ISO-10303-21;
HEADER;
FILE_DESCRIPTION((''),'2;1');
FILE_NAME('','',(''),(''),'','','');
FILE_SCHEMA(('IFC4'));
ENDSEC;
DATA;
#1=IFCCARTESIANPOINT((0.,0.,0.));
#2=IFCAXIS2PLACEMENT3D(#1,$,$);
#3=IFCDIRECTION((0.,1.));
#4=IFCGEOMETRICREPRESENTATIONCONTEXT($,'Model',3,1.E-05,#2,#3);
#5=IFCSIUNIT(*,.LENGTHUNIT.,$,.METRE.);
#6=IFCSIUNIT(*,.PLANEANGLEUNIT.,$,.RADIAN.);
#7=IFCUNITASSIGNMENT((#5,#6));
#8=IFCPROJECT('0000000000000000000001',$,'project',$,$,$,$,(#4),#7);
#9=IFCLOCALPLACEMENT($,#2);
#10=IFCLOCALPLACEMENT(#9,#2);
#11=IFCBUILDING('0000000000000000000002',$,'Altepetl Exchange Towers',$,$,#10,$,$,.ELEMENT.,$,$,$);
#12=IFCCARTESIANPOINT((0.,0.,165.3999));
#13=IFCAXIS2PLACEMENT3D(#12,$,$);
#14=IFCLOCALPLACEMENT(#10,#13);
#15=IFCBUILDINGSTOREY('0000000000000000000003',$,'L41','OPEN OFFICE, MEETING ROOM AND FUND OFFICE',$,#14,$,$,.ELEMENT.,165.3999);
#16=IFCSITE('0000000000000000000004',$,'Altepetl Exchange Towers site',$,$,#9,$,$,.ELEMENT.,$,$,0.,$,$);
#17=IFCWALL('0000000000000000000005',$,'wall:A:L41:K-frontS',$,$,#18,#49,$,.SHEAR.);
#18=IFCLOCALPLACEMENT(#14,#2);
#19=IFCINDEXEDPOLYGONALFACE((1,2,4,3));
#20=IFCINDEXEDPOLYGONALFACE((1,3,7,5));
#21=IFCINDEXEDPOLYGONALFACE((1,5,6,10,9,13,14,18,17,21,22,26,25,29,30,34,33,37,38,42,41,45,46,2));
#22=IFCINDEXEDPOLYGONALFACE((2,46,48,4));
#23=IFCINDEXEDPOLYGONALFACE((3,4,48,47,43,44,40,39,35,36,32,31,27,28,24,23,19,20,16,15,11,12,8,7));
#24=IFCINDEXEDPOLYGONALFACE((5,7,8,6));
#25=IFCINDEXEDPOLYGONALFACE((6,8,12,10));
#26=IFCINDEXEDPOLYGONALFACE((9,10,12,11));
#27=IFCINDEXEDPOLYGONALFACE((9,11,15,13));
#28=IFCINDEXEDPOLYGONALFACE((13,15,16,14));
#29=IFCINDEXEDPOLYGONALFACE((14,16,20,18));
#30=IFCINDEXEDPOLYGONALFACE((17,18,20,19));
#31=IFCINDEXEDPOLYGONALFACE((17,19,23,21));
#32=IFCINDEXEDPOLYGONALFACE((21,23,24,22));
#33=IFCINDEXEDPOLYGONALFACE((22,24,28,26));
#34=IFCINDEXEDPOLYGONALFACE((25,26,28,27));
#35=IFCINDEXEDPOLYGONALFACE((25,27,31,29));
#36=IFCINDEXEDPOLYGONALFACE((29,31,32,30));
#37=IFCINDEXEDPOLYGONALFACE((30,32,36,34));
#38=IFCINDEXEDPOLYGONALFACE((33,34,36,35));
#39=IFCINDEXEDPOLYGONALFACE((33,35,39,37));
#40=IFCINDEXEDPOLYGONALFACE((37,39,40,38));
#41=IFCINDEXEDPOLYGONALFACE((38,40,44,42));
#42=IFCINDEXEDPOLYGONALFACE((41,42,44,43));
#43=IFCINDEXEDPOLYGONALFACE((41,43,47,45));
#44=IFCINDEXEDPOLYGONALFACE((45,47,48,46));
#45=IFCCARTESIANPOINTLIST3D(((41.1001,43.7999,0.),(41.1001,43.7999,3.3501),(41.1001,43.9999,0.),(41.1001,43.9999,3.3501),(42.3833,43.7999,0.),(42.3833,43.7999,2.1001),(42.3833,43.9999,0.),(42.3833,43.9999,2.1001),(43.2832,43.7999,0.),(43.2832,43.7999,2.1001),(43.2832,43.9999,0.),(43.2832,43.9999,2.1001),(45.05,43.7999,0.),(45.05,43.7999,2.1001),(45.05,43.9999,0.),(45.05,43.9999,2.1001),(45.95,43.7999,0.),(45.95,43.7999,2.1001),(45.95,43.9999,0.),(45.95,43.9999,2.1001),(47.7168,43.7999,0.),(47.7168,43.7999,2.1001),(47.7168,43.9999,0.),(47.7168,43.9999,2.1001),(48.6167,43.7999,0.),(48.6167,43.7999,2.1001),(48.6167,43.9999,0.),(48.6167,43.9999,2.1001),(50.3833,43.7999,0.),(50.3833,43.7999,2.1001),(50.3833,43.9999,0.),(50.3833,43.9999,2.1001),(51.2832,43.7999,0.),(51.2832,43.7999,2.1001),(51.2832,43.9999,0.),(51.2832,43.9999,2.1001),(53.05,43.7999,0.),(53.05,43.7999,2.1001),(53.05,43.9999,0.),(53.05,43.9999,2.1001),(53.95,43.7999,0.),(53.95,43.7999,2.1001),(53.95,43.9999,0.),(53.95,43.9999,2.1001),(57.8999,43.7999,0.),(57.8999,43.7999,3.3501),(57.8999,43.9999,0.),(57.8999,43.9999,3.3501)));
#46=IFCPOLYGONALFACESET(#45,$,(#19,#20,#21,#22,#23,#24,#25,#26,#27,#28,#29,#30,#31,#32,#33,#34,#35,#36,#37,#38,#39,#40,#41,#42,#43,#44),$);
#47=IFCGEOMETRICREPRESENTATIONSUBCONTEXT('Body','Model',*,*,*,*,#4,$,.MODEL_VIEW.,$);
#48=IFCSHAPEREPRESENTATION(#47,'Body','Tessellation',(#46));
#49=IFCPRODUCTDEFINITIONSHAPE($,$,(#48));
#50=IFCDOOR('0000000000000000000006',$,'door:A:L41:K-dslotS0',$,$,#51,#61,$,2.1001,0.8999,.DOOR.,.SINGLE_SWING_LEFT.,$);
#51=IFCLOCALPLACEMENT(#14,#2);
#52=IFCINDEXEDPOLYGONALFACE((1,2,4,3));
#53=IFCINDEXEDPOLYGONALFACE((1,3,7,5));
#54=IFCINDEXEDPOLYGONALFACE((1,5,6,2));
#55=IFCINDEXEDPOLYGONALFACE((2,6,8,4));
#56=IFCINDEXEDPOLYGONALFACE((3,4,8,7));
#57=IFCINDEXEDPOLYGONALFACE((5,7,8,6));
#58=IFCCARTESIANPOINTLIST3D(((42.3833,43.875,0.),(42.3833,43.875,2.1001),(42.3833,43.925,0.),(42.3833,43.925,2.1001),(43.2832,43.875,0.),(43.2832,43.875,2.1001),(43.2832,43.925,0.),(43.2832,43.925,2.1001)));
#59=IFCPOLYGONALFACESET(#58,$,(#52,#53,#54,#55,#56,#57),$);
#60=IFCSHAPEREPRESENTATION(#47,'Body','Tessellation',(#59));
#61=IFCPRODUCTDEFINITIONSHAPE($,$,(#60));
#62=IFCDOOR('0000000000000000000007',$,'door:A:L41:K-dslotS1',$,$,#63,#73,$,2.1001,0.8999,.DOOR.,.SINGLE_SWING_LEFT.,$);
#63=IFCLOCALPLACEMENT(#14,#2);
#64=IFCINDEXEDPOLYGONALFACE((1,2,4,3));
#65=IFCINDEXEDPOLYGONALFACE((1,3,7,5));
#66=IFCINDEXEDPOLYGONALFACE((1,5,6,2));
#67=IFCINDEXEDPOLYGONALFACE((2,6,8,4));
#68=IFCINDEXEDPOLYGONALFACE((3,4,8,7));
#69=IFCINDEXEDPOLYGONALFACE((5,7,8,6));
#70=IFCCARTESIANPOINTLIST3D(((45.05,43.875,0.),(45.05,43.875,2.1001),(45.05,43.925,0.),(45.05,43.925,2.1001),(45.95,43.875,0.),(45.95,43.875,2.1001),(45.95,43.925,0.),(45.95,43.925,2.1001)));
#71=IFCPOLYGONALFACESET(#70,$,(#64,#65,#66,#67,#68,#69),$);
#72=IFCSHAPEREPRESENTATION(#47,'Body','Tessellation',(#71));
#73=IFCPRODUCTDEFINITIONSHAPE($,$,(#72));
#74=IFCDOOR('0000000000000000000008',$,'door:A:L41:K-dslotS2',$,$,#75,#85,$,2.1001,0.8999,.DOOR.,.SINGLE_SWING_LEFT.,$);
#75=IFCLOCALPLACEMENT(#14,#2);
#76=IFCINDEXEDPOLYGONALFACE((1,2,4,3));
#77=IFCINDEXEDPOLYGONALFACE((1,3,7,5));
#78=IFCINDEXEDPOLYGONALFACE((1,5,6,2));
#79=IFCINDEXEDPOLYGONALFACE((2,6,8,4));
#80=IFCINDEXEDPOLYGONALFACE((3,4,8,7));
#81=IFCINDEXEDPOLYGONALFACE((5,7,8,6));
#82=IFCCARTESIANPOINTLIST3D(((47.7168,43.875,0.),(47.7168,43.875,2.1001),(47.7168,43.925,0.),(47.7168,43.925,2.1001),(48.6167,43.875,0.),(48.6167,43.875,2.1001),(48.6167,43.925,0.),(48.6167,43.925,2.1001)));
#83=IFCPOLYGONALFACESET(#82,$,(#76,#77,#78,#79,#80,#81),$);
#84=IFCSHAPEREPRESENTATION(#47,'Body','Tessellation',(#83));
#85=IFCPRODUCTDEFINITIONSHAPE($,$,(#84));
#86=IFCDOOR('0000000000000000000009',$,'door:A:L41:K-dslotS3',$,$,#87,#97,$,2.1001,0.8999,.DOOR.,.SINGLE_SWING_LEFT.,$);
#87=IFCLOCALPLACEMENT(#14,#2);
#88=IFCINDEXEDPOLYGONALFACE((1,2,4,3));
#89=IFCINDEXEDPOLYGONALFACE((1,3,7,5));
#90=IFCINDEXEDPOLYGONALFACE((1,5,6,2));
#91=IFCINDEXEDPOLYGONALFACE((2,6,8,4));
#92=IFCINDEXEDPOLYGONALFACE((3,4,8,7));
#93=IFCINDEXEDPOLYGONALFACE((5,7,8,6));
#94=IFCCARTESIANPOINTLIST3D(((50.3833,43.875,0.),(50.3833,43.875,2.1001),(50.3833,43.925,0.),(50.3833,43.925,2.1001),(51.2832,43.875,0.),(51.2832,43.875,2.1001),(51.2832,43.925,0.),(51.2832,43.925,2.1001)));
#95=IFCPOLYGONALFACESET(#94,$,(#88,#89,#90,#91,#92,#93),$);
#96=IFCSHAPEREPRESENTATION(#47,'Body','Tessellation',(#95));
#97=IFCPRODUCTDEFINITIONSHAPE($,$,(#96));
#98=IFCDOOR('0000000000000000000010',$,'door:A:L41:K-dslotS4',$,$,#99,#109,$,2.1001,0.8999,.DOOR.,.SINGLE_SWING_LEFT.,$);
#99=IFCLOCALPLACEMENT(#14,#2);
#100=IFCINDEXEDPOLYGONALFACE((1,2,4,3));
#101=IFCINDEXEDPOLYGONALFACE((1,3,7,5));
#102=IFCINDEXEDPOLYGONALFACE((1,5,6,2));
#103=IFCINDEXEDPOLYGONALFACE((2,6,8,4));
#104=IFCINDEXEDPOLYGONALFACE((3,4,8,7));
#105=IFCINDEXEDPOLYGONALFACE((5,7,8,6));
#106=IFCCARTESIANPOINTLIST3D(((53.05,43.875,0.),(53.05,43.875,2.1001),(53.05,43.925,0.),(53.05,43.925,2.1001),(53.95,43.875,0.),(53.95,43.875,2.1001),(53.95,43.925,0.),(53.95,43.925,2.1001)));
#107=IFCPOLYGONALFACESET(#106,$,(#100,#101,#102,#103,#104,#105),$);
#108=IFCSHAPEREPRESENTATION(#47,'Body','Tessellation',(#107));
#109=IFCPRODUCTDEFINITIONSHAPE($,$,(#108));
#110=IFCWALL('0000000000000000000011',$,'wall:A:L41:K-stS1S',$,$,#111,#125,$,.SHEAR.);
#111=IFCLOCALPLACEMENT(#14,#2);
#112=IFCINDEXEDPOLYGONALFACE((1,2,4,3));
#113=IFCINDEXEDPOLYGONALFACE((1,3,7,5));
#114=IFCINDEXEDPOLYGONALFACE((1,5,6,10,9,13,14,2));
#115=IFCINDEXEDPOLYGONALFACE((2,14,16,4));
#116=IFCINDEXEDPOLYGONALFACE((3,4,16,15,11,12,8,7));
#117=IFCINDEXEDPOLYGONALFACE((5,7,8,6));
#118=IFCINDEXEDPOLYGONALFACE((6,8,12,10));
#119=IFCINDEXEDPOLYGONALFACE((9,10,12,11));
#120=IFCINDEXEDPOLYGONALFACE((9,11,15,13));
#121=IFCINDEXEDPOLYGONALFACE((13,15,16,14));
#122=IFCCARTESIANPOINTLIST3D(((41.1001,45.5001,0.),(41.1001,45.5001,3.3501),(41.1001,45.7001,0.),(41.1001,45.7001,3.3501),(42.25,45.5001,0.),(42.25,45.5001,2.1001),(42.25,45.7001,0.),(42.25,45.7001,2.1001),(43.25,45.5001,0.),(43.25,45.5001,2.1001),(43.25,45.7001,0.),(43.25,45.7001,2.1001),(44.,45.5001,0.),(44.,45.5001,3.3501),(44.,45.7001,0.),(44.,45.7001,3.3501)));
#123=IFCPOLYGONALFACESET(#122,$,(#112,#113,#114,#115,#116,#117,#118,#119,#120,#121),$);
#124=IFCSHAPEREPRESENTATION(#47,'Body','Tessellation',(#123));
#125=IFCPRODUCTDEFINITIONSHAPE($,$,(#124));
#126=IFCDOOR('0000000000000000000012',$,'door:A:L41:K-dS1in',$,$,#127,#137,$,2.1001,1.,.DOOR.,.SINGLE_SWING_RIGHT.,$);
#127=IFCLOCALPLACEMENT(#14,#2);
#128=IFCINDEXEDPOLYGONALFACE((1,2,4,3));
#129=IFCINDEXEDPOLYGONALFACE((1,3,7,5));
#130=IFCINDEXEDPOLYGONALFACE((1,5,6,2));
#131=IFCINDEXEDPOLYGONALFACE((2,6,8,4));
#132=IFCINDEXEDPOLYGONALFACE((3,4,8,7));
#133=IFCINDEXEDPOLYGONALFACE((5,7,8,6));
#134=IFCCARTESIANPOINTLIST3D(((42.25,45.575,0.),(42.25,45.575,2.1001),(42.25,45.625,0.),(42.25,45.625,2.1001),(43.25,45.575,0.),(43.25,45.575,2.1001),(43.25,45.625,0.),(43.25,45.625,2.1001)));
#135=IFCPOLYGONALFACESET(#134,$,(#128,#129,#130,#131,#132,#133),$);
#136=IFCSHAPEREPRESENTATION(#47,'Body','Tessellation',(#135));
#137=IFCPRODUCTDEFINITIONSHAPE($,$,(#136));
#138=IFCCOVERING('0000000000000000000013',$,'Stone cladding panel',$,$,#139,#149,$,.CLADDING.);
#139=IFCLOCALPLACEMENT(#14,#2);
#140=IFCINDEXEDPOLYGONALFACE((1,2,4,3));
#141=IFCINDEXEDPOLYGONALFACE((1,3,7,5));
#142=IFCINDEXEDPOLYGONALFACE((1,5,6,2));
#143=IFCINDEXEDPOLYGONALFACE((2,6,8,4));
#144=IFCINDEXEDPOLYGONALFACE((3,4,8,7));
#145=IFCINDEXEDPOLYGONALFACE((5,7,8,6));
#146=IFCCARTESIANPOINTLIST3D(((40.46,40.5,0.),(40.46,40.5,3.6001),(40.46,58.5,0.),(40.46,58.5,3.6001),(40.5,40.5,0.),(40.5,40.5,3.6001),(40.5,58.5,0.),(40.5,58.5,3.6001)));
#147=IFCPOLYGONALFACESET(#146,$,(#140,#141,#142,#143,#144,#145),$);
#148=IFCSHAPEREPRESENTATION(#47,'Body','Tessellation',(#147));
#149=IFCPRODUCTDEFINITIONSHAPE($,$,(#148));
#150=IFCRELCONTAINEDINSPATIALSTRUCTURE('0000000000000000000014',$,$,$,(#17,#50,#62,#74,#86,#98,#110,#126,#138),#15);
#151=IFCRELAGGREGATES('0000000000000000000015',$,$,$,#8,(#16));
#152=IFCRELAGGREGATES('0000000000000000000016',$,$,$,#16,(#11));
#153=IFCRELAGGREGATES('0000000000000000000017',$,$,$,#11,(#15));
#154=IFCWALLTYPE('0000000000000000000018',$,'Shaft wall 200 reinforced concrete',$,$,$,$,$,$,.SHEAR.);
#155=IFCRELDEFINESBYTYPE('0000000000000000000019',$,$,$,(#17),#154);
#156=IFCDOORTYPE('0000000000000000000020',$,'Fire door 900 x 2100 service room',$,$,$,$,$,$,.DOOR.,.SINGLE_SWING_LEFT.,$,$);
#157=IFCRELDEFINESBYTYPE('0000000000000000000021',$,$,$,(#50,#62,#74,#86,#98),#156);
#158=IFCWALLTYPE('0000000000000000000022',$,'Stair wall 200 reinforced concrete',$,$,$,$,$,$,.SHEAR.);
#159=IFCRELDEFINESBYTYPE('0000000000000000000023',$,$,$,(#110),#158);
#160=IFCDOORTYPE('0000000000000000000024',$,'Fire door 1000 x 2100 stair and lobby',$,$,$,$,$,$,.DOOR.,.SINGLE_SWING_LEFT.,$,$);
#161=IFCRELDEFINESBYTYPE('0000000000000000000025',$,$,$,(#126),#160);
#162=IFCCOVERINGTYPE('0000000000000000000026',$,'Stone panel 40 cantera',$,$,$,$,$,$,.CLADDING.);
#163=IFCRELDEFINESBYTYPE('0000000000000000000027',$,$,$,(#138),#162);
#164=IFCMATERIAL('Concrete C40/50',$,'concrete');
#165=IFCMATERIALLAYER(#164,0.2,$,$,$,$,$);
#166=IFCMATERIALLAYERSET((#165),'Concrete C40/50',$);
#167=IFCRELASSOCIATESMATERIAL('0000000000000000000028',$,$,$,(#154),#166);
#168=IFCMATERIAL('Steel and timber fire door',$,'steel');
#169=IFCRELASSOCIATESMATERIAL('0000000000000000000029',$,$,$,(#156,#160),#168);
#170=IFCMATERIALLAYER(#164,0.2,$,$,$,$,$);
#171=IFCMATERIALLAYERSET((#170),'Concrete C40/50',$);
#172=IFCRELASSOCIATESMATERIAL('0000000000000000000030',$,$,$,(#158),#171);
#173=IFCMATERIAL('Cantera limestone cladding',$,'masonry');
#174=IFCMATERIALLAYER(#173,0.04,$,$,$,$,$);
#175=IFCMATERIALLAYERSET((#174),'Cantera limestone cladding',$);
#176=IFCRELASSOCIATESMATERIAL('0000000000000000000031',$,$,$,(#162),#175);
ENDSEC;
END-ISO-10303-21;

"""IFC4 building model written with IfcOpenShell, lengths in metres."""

from ifc_helpers import new_model, si_unit, direction, frame, frame_2d, origin, origin_2d, place, context, subcontext, project, spatial, rectangle, extrude, material, layer, layer_set, type_object, element, fill, save


model = new_model("IFC4")

# Units and contexts
model_context = context("Model", 3, precision=1e-05, world=origin(), true_north=direction((0.0, 1.0)))
body_context = subcontext(model_context, "Body", "Model", "MODEL_VIEW")
ifc_project = project(units=[si_unit("LENGTHUNIT", "METRE"), si_unit("PLANEANGLEUNIT", "RADIAN")], contexts=[model_context])

# Site, building, storey
site_placement = place(None, origin())
site = spatial("IfcSite", under=ifc_project, at=site_placement, Name="Altepetl Exchange Towers site", CompositionType="ELEMENT", RefElevation=0.0)
building_placement = place(site_placement, origin())
building = spatial("IfcBuilding", under=site, at=building_placement, Name="Altepetl Exchange Towers", CompositionType="ELEMENT")
storey_placement = place(building_placement, frame((0.0, 0.0, 165.3999)))
storey = spatial("IfcBuildingStorey", under=building, at=storey_placement, Name="L41", Description="OPEN OFFICE, MEETING ROOM AND FUND OFFICE", CompositionType="ELEMENT", Elevation=165.3999)

# Wall, openings, doors
ifc_material_1 = material(Name="Concrete C40/50", Category="concrete")
ifc_layer_1 = layer(ifc_material_1, 0.2)
ifc_layer_set_1 = layer_set([ifc_layer_1], Name="Concrete C40/50")
wall_type_1 = type_object("IfcWallType", Name="Shaft wall 200 reinforced concrete", PredefinedType="SHEAR", material=ifc_layer_set_1)
wall_1_placement = place(storey_placement, frame((41.1001, 43.8999, 0.0)))
wall_1 = element("IfcWall", 1, at=wall_1_placement, inside=storey, type_object=wall_type_1, Name="wall:A:L41:K-frontS", PredefinedType="SHEAR", context=body_context, shape_type="SweptSolid", body=[
    extrude(rectangle(XDim=16.7998, YDim=0.2, at=frame_2d((8.3999, 0.0))), origin(), (0.0, 0.0, 1.0), 3.3501),
])
opening_1_placement = place(wall_1_placement, frame((1.2832, 0.0, 0.0)))
opening_1 = element("IfcOpeningElement", 2, at=opening_1_placement, cuts=wall_1, PredefinedType="OPENING", context=body_context, shape_type="SweptSolid", body=[
    extrude(rectangle(XDim=0.8999, YDim=2.1001, at=frame_2d((0.45, 1.05))), frame((0.0, 0.1099, 0.0), z_axis=(0.0, -1.0, 0.0), x_axis=(1.0, 0.0, 0.0)), (0.0, 0.0, 1.0), 0.22),
])
opening_2_placement = place(wall_1_placement, frame((3.95, 0.0, 0.0)))
opening_2 = element("IfcOpeningElement", 3, at=opening_2_placement, cuts=wall_1, PredefinedType="OPENING", context=body_context, shape_type="SweptSolid", body=[
    extrude(rectangle(XDim=0.8999, YDim=2.1001, at=frame_2d((0.45, 1.05))), frame((0.0, 0.1099, 0.0), z_axis=(0.0, -1.0, 0.0), x_axis=(1.0, 0.0, 0.0)), (0.0, 0.0, 1.0), 0.22),
])
opening_3_placement = place(wall_1_placement, frame((6.6167, 0.0, 0.0)))
opening_3 = element("IfcOpeningElement", 4, at=opening_3_placement, cuts=wall_1, PredefinedType="OPENING", context=body_context, shape_type="SweptSolid", body=[
    extrude(rectangle(XDim=0.8999, YDim=2.1001, at=frame_2d((0.45, 1.05))), frame((0.0, 0.1099, 0.0), z_axis=(0.0, -1.0, 0.0), x_axis=(1.0, 0.0, 0.0)), (0.0, 0.0, 1.0), 0.22),
])
opening_4_placement = place(wall_1_placement, frame((9.2832, 0.0, 0.0)))
opening_4 = element("IfcOpeningElement", 5, at=opening_4_placement, cuts=wall_1, PredefinedType="OPENING", context=body_context, shape_type="SweptSolid", body=[
    extrude(rectangle(XDim=0.8999, YDim=2.1001, at=frame_2d((0.45, 1.05))), frame((0.0, 0.1099, 0.0), z_axis=(0.0, -1.0, 0.0), x_axis=(1.0, 0.0, 0.0)), (0.0, 0.0, 1.0), 0.22),
])
opening_5_placement = place(wall_1_placement, frame((11.95, 0.0, 0.0)))
opening_5 = element("IfcOpeningElement", 6, at=opening_5_placement, cuts=wall_1, PredefinedType="OPENING", context=body_context, shape_type="SweptSolid", body=[
    extrude(rectangle(XDim=0.8999, YDim=2.1001, at=frame_2d((0.45, 1.05))), frame((0.0, 0.1099, 0.0), z_axis=(0.0, -1.0, 0.0), x_axis=(1.0, 0.0, 0.0)), (0.0, 0.0, 1.0), 0.22),
])
ifc_material_2 = material(Name="Steel and timber fire door", Category="steel")
door_type_1 = type_object("IfcDoorType", Name="Fire door 900 x 2100 service room", OperationType="SINGLE_SWING_LEFT", PredefinedType="DOOR", material=ifc_material_2)
door_1_placement = place(opening_1_placement, frame((0.8999, 0.0, 0.0), x_axis=(-1.0, 0.0, 0.0)))
door_1 = element("IfcDoor", 7, at=door_1_placement, inside=storey, type_object=door_type_1, Name="door:A:L41:K-dslotS0", OperationType="SINGLE_SWING_LEFT", OverallHeight=2.1001, OverallWidth=0.8999, PredefinedType="DOOR", context=body_context, shape_type="SweptSolid", body=[
    extrude(rectangle(XDim=0.8999, YDim=2.1001, at=frame_2d((0.45, 1.05))), frame((0.0, 0.0249, 0.0), z_axis=(0.0, -1.0, 0.0), x_axis=(1.0, 0.0, 0.0)), (0.0, 0.0, 1.0), 0.05),
])
fill(opening_1, door_1)
door_2_placement = place(opening_2_placement, frame((0.8999, 0.0, 0.0), x_axis=(-1.0, 0.0, 0.0)))
door_2 = element("IfcDoor", 8, at=door_2_placement, inside=storey, type_object=door_type_1, Name="door:A:L41:K-dslotS1", OperationType="SINGLE_SWING_LEFT", OverallHeight=2.1001, OverallWidth=0.8999, PredefinedType="DOOR", context=body_context, shape_type="SweptSolid", body=[
    extrude(rectangle(XDim=0.8999, YDim=2.1001, at=frame_2d((0.45, 1.05))), frame((0.0, 0.0249, 0.0), z_axis=(0.0, -1.0, 0.0), x_axis=(1.0, 0.0, 0.0)), (0.0, 0.0, 1.0), 0.05),
])
fill(opening_2, door_2)
door_3_placement = place(opening_3_placement, frame((0.8999, 0.0, 0.0), x_axis=(-1.0, 0.0, 0.0)))
door_3 = element("IfcDoor", 9, at=door_3_placement, inside=storey, type_object=door_type_1, Name="door:A:L41:K-dslotS2", OperationType="SINGLE_SWING_LEFT", OverallHeight=2.1001, OverallWidth=0.8999, PredefinedType="DOOR", context=body_context, shape_type="SweptSolid", body=[
    extrude(rectangle(XDim=0.8999, YDim=2.1001, at=frame_2d((0.45, 1.05))), frame((0.0, 0.0249, 0.0), z_axis=(0.0, -1.0, 0.0), x_axis=(1.0, 0.0, 0.0)), (0.0, 0.0, 1.0), 0.05),
])
fill(opening_3, door_3)
door_4_placement = place(opening_4_placement, frame((0.8999, 0.0, 0.0), x_axis=(-1.0, 0.0, 0.0)))
door_4 = element("IfcDoor", 10, at=door_4_placement, inside=storey, type_object=door_type_1, Name="door:A:L41:K-dslotS3", OperationType="SINGLE_SWING_LEFT", OverallHeight=2.1001, OverallWidth=0.8999, PredefinedType="DOOR", context=body_context, shape_type="SweptSolid", body=[
    extrude(rectangle(XDim=0.8999, YDim=2.1001, at=frame_2d((0.45, 1.05))), frame((0.0, 0.0249, 0.0), z_axis=(0.0, -1.0, 0.0), x_axis=(1.0, 0.0, 0.0)), (0.0, 0.0, 1.0), 0.05),
])
fill(opening_4, door_4)
door_5_placement = place(opening_5_placement, frame((0.8999, 0.0, 0.0), x_axis=(-1.0, 0.0, 0.0)))
door_5 = element("IfcDoor", 11, at=door_5_placement, inside=storey, type_object=door_type_1, Name="door:A:L41:K-dslotS4", OperationType="SINGLE_SWING_LEFT", OverallHeight=2.1001, OverallWidth=0.8999, PredefinedType="DOOR", context=body_context, shape_type="SweptSolid", body=[
    extrude(rectangle(XDim=0.8999, YDim=2.1001, at=frame_2d((0.45, 1.05))), frame((0.0, 0.0249, 0.0), z_axis=(0.0, -1.0, 0.0), x_axis=(1.0, 0.0, 0.0)), (0.0, 0.0, 1.0), 0.05),
])
fill(opening_5, door_5)

# Wall, opening, door
ifc_layer_2 = layer(ifc_material_1, 0.2)
ifc_layer_set_2 = layer_set([ifc_layer_2], Name="Concrete C40/50")
wall_type_2 = type_object("IfcWallType", Name="Stair wall 200 reinforced concrete", PredefinedType="SHEAR", material=ifc_layer_set_2)
wall_2_placement = place(storey_placement, frame((41.1001, 45.6001, 0.0)))
wall_2 = element("IfcWall", 12, at=wall_2_placement, inside=storey, type_object=wall_type_2, Name="wall:A:L41:K-stS1S", PredefinedType="SHEAR", context=body_context, shape_type="SweptSolid", body=[
    extrude(rectangle(XDim=2.8999, YDim=0.2, at=frame_2d((1.45, 0.0))), origin(), (0.0, 0.0, 1.0), 3.3501),
])
opening_6_placement = place(wall_2_placement, frame((1.1499, 0.0, 0.0)))
opening_6 = element("IfcOpeningElement", 13, at=opening_6_placement, cuts=wall_2, PredefinedType="OPENING", context=body_context, shape_type="SweptSolid", body=[
    extrude(rectangle(XDim=1.0, YDim=2.1001, at=frame_2d((0.5, 1.05))), frame((0.0, 0.1099, 0.0), z_axis=(0.0, -1.0, 0.0), x_axis=(1.0, 0.0, 0.0)), (0.0, 0.0, 1.0), 0.22),
])
door_type_2 = type_object("IfcDoorType", Name="Fire door 1000 x 2100 stair and lobby", OperationType="SINGLE_SWING_LEFT", PredefinedType="DOOR", material=ifc_material_2)
door_6_placement = place(opening_6_placement, origin())
door_6 = element("IfcDoor", 14, at=door_6_placement, inside=storey, type_object=door_type_2, Name="door:A:L41:K-dS1in", OperationType="SINGLE_SWING_RIGHT", OverallHeight=2.1001, OverallWidth=1.0, PredefinedType="DOOR", context=body_context, shape_type="SweptSolid", body=[
    extrude(rectangle(XDim=1.0, YDim=2.1001, at=frame_2d((0.5, 1.05))), frame((0.0, 0.0249, 0.0), z_axis=(0.0, -1.0, 0.0), x_axis=(1.0, 0.0, 0.0)), (0.0, 0.0, 1.0), 0.05),
])
fill(opening_6, door_6)

# Covering
ifc_material_3 = material(Name="Cantera limestone cladding", Category="masonry")
ifc_layer_3 = layer(ifc_material_3, 0.04)
ifc_layer_set_3 = layer_set([ifc_layer_3], Name="Cantera limestone cladding")
covering_type = type_object("IfcCoveringType", Name="Stone panel 40 cantera", PredefinedType="CLADDING", material=ifc_layer_set_3)
covering_placement = place(storey_placement, frame((40.48, 49.5, 0.0), z_axis=(0.0, 0.0, 1.0), x_axis=(0.0, -1.0, 0.0)))
element("IfcCovering", 15, at=covering_placement, inside=storey, type_object=covering_type, Name="Stone cladding panel", PredefinedType="CLADDING", context=body_context, shape_type="SweptSolid", body=[
    extrude(rectangle(XDim=18.0, YDim=0.04, at=origin_2d()), origin(), (0.0, 0.0, 1.0), 3.6001),
])

save(model, "model.ifc")
